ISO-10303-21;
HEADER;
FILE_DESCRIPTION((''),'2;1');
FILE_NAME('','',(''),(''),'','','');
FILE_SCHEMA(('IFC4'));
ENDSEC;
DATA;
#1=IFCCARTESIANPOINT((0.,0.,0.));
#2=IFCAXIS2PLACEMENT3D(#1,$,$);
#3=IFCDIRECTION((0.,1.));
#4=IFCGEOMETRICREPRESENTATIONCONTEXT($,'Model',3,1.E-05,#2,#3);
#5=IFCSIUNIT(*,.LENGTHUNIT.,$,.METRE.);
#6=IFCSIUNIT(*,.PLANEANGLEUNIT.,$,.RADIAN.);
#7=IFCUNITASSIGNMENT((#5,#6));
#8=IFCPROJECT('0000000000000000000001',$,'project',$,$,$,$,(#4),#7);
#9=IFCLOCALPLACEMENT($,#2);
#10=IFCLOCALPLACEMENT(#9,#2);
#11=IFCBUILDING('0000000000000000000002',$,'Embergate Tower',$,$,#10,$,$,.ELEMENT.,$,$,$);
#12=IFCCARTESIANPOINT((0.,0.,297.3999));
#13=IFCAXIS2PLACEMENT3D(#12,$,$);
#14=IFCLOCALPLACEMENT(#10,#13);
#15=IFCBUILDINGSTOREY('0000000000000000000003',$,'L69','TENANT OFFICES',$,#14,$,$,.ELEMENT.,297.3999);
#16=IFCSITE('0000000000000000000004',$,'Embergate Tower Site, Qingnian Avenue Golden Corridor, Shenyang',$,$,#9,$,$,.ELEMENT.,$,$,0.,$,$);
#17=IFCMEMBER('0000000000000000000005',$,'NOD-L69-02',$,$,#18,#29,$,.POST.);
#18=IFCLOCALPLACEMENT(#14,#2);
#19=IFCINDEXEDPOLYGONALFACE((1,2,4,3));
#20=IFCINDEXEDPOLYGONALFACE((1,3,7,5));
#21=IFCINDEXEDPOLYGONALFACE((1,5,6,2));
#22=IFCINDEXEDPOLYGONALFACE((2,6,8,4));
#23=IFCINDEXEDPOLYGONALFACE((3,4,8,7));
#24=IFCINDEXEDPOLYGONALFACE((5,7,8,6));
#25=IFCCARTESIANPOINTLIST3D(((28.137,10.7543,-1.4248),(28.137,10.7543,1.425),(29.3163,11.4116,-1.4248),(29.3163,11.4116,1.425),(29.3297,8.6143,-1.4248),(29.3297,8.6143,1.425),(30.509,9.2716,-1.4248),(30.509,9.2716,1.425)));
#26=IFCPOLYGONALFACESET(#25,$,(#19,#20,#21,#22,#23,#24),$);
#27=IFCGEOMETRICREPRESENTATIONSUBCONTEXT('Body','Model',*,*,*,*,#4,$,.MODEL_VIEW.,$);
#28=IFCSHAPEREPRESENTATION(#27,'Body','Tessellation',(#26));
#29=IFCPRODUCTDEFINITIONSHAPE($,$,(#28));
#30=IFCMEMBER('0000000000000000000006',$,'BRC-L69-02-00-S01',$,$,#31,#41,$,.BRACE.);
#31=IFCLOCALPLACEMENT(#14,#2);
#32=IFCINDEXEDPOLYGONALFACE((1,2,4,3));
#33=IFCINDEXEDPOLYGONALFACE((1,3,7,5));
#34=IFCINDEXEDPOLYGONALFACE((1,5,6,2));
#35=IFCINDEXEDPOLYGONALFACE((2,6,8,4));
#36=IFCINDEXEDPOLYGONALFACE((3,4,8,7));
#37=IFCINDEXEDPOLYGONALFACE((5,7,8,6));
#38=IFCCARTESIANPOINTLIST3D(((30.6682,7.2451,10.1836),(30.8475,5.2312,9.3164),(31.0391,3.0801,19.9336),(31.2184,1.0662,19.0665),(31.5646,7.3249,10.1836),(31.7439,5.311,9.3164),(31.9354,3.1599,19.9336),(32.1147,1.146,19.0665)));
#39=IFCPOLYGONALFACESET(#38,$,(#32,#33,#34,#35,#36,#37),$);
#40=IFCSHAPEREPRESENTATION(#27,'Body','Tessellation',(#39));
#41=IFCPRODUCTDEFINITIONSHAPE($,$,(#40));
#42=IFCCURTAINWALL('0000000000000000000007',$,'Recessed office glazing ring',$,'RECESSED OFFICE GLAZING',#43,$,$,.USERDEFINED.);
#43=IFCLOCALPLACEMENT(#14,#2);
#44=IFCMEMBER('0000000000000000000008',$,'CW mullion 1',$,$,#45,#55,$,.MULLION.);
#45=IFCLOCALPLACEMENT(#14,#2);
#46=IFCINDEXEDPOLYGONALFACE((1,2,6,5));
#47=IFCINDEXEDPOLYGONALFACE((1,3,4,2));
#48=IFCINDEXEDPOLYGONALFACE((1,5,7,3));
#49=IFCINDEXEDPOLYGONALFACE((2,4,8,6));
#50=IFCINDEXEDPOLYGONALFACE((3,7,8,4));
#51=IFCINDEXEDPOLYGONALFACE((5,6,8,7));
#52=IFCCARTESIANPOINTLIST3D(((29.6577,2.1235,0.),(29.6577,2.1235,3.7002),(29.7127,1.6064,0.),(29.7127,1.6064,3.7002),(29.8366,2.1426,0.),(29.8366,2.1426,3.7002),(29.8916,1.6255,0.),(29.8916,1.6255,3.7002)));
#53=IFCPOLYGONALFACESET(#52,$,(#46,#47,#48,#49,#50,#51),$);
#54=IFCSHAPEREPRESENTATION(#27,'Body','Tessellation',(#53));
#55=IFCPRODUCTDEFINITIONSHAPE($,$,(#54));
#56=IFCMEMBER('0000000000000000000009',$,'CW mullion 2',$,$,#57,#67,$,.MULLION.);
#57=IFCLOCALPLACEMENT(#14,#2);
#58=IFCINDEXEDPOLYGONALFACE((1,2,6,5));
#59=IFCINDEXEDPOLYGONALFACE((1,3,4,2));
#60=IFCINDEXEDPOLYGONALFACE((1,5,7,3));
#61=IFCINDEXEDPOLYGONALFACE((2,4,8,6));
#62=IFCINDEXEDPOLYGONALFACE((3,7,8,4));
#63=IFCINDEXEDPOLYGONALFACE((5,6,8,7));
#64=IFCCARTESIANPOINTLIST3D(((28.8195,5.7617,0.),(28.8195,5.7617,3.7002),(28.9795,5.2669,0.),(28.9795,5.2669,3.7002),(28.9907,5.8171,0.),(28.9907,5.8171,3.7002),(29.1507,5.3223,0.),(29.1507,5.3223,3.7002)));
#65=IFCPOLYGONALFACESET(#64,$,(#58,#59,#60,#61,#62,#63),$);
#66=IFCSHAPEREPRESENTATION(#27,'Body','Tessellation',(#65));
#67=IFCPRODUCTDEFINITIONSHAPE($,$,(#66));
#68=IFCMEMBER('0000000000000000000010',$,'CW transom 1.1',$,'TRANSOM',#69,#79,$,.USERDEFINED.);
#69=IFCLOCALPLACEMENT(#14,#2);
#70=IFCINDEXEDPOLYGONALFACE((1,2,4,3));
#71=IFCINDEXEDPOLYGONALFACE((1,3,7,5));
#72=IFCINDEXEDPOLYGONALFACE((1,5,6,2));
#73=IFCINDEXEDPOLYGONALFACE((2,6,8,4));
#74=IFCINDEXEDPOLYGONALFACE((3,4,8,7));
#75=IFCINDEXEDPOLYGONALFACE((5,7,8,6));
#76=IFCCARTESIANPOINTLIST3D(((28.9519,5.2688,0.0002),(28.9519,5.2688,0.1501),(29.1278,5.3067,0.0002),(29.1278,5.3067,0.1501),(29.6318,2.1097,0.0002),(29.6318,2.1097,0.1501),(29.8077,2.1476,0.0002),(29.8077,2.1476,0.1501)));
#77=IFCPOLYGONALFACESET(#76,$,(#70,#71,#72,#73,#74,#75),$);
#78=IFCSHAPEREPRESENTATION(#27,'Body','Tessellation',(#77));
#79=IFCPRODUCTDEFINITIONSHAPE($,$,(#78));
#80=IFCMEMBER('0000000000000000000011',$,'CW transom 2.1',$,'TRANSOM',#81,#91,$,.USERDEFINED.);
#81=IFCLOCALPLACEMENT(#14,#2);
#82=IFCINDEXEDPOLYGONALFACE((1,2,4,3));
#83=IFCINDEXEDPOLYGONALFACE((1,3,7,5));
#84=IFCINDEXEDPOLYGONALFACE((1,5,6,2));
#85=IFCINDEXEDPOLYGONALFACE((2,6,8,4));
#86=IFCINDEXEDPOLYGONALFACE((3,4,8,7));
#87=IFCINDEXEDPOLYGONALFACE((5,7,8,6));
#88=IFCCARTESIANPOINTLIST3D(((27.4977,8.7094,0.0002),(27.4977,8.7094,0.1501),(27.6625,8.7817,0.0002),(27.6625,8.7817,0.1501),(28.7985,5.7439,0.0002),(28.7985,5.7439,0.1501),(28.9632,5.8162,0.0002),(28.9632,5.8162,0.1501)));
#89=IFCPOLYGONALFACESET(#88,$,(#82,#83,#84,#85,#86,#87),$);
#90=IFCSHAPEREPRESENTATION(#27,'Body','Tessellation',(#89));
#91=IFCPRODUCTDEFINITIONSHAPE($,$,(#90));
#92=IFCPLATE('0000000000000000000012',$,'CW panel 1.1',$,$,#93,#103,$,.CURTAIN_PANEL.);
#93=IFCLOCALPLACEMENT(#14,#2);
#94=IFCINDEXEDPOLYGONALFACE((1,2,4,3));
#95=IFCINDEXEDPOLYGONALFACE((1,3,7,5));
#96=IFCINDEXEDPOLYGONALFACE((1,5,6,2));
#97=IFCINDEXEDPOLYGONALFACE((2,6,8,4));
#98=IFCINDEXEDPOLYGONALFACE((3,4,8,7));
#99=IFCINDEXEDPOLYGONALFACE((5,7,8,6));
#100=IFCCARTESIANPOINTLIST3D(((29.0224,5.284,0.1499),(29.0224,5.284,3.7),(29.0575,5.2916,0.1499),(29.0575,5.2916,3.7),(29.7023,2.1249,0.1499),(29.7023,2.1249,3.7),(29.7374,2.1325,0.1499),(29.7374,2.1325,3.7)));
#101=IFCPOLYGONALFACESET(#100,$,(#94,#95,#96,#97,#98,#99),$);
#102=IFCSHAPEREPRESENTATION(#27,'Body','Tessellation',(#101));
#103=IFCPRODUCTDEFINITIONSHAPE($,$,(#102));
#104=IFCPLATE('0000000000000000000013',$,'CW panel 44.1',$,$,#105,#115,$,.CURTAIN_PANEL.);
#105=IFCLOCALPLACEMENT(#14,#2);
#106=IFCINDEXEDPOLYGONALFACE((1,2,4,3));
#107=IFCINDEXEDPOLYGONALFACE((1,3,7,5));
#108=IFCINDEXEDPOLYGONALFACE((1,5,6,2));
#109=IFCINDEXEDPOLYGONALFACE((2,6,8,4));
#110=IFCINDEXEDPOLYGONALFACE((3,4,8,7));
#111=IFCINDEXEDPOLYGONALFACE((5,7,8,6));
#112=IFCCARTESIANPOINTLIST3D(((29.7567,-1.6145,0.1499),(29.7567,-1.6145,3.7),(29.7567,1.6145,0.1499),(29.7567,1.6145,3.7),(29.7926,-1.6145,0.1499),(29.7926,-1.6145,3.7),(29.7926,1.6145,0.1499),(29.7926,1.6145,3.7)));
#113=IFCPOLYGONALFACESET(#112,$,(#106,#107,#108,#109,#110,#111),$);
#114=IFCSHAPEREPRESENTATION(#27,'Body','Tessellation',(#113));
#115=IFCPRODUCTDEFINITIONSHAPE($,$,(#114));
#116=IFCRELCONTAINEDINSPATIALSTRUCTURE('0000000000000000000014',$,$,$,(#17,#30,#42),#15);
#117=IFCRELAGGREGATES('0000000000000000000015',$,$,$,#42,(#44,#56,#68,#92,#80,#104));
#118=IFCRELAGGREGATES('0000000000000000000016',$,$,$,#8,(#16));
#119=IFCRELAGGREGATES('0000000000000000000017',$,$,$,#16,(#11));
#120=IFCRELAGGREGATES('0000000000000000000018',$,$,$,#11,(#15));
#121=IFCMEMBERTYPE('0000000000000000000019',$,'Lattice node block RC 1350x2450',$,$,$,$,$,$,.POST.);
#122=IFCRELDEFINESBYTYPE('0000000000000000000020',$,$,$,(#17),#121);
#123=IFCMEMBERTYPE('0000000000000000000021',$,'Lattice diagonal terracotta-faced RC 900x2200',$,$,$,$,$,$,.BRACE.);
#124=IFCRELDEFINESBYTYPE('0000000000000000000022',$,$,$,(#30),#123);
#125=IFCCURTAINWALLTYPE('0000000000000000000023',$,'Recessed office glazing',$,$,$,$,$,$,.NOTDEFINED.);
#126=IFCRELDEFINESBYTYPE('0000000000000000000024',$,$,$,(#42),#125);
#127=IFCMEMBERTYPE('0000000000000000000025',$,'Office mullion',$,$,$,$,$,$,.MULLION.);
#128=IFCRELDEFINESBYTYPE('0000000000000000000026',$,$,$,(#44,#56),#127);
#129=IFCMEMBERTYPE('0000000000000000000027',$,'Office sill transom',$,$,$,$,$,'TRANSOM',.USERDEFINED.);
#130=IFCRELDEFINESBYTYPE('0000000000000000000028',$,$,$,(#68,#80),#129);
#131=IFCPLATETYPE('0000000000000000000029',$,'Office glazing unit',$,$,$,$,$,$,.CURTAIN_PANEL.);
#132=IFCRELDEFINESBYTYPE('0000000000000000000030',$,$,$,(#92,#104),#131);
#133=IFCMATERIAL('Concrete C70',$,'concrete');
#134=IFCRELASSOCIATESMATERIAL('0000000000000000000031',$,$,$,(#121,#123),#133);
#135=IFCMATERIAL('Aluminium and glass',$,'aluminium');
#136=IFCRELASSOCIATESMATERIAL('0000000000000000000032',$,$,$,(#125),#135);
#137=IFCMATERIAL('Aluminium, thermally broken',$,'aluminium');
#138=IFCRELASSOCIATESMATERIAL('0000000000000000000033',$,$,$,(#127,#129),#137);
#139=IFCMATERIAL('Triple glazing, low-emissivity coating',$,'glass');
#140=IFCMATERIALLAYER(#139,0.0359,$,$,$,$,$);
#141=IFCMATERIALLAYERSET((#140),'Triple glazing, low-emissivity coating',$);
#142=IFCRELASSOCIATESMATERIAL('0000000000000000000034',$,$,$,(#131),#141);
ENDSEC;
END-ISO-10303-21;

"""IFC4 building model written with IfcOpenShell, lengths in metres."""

from ifc_helpers import new_model, si_unit, direction, frame, origin, origin_2d, place, context, subcontext, project, spatial, rectangle, extrude, source, transform, mapped, material, layer, layer_set, material_profile, profile_set, type_object, element, aggregate, save


model = new_model("IFC4")

# Units and contexts
model_context = context("Model", 3, precision=1e-05, world=origin(), true_north=direction((0.0, 1.0)))
body_context = subcontext(model_context, "Body", "Model", "MODEL_VIEW")
ifc_project = project(units=[si_unit("LENGTHUNIT", "METRE"), si_unit("PLANEANGLEUNIT", "RADIAN")], contexts=[model_context])

# Site, building, storey
site_placement = place(None, origin())
site = spatial("IfcSite", under=ifc_project, at=site_placement, Name="Embergate Tower Site, Qingnian Avenue Golden Corridor, Shenyang", CompositionType="ELEMENT", RefElevation=0.0)
building_placement = place(site_placement, origin())
building = spatial("IfcBuilding", under=site, at=building_placement, Name="Embergate Tower", CompositionType="ELEMENT")
storey_placement = place(building_placement, frame((0.0, 0.0, 297.3999)))
storey = spatial("IfcBuildingStorey", under=building, at=storey_placement, Name="L69", Description="TENANT OFFICES", CompositionType="ELEMENT", Elevation=297.3999)

# Members
ifc_material_1 = material(Name="Concrete C70", Category="concrete")
ifc_material_profile_1 = material_profile(ifc_material_1, rectangle(XDim=1.3501, YDim=2.45, at=origin_2d()), Name="RC 1350x2450")
ifc_profile_set_1 = profile_set([ifc_material_profile_1], Name="Concrete C70")
member_type_1 = type_object("IfcMemberType", Name="Lattice node block RC 1350x2450", PredefinedType="POST", material=ifc_profile_set_1)
shared_shape_1 = source(origin(), body_context, "Body", "SweptSolid", [
    extrude(rectangle(XDim=1.3501, YDim=2.45, at=origin_2d()), origin(), (0.0, 0.0, 1.0), 2.8499),
])
member_1_placement = place(storey_placement, frame((29.323, 10.0129, -1.4248), z_axis=(0.0, 0.0, 1.0), x_axis=(0.8735, 0.486823, 0.0)))
element("IfcMember", 1, at=member_1_placement, inside=storey, type_object=member_type_1, Name="NOD-L69-02", PredefinedType="POST", context=body_context, shape_type="MappedRepresentation", body=[
    mapped(shared_shape_1, transform((0.0, 0.0, 0.0))),
])
ifc_material_profile_2 = material_profile(ifc_material_1, rectangle(XDim=0.8999, YDim=2.2, at=origin_2d()), Name="RC 900x2200")
ifc_profile_set_2 = profile_set([ifc_material_profile_2], Name="Concrete C70")
member_type_2 = type_object("IfcMemberType", Name="Lattice diagonal terracotta-faced RC 900x2200", PredefinedType="BRACE", material=ifc_profile_set_2)
shared_shape_2 = source(origin(), body_context, "Body", "SweptSolid", [
    extrude(rectangle(XDim=0.8999, YDim=2.2, at=origin_2d()), origin(), (0.0, 0.0, 1.0), 10.6089),
])
member_2_placement = place(storey_placement, frame((31.2061, 6.2781, 9.75), z_axis=(0.034957, -0.392601, 0.919044), x_axis=(0.996059, 0.088688, 0.0)))
element("IfcMember", 2, at=member_2_placement, inside=storey, type_object=member_type_2, Name="BRC-L69-02-00-S01", PredefinedType="BRACE", context=body_context, shape_type="MappedRepresentation", body=[
    mapped(shared_shape_2, transform((0.0, 0.0, 0.0))),
])

# Curtain wall, members, plates
ifc_material_2 = material(Name="Aluminium and glass", Category="aluminium")
curtain_wall_type = type_object("IfcCurtainWallType", Name="Recessed office glazing", PredefinedType="NOTDEFINED", material=ifc_material_2)
curtain_wall_placement = place(storey_placement, origin())
curtain_wall = element("IfcCurtainWall", 3, at=curtain_wall_placement, inside=storey, type_object=curtain_wall_type, Name="Recessed office glazing ring", ObjectType="RECESSED OFFICE GLAZING", PredefinedType="USERDEFINED")
ifc_material_3 = material(Name="Aluminium, thermally broken", Category="aluminium")
ifc_material_profile_3 = material_profile(ifc_material_3, rectangle(XDim=0.1799, YDim=0.52, at=origin_2d()), Name="AL 520x180")
ifc_profile_set_3 = profile_set([ifc_material_profile_3], Name="Aluminium, thermally broken")
member_type_3 = type_object("IfcMemberType", Name="Office mullion", PredefinedType="MULLION", material=ifc_profile_set_3)
shared_shape_3 = source(origin(), body_context, "Body", "SweptSolid", [
    extrude(rectangle(XDim=0.1799, YDim=0.52, at=origin_2d()), origin(), (0.0, 0.0, 1.0), 3.7002),
])
member_3_placement = place(storey_placement, frame((29.7747, 1.8745, 0.0), z_axis=(0.0, 0.0, 1.0), x_axis=(-0.994384, -0.10583, 0.0)))
member_3 = element("IfcMember", 4, at=member_3_placement, type_object=member_type_3, Name="CW mullion 1", PredefinedType="MULLION", context=body_context, shape_type="MappedRepresentation", body=[
    mapped(shared_shape_3, transform((0.0, 0.0, 0.0))),
])
member_4_placement = place(storey_placement, frame((28.9851, 5.542, 0.0), z_axis=(0.0, 0.0, 1.0), x_axis=(-0.951494, -0.307669, 0.0)))
member_4 = element("IfcMember", 5, at=member_4_placement, type_object=member_type_3, Name="CW mullion 2", PredefinedType="MULLION", context=body_context, shape_type="MappedRepresentation", body=[
    mapped(shared_shape_3, transform((0.0, 0.0, 0.0))),
])
ifc_material_profile_4 = material_profile(ifc_material_3, rectangle(XDim=0.1799, YDim=0.1499, at=origin_2d()), Name="AL 150x180")
ifc_profile_set_4 = profile_set([ifc_material_profile_4], Name="Aluminium, thermally broken")
member_type_4 = type_object("IfcMemberType", Name="Office sill transom", ElementType="TRANSOM", PredefinedType="USERDEFINED", material=ifc_profile_set_4)
shared_shape_4 = source(origin(), body_context, "Body", "SweptSolid", [
    extrude(rectangle(XDim=0.1799, YDim=0.1499, at=origin_2d()), origin(), (0.0, 0.0, 1.0), 3.2314),
])
member_5_placement = place(storey_placement, frame((29.7197, 2.1287, 0.0752), z_axis=(-0.210406, 0.977614, 0.0), x_axis=(-0.977614, -0.210406, 0.0)))
member_5 = element("IfcMember", 6, at=member_5_placement, type_object=member_type_4, Name="CW transom 1.1", ObjectType="TRANSOM", PredefinedType="USERDEFINED", context=body_context, shape_type="MappedRepresentation", body=[
    mapped(shared_shape_4, transform((0.0, 0.0, 0.0))),
])
shared_shape_5 = source(origin(), body_context, "Body", "SweptSolid", [
    extrude(rectangle(XDim=0.1799, YDim=0.1499, at=origin_2d()), origin(), (0.0, 0.0, 1.0), 3.2383),
])
member_6_placement = place(storey_placement, frame((28.8809, 5.78, 0.0752), z_axis=(-0.401685, 0.915778, 0.0), x_axis=(-0.915778, -0.401685, 0.0)))
member_6 = element("IfcMember", 7, at=member_6_placement, type_object=member_type_4, Name="CW transom 2.1", ObjectType="TRANSOM", PredefinedType="USERDEFINED", context=body_context, shape_type="MappedRepresentation", body=[
    mapped(shared_shape_5, transform((0.0, 0.0, 0.0))),
])
ifc_material_4 = material(Name="Triple glazing, low-emissivity coating", Category="glass")
ifc_layer = layer(ifc_material_4, 0.0359)
ifc_layer_set = layer_set([ifc_layer], Name="Triple glazing, low-emissivity coating")
plate_type = type_object("IfcPlateType", Name="Office glazing unit", PredefinedType="CURTAIN_PANEL", material=ifc_layer_set)
shared_shape_6 = source(origin(), body_context, "Body", "SweptSolid", [
    extrude(rectangle(XDim=3.2314, YDim=0.0359, at=origin_2d()), origin(), (0.0, 0.0, 1.0), 3.55),
])
plate_1_placement = place(storey_placement, frame((29.3799, 3.7083, 0.1499), z_axis=(0.0, 0.0, 1.0), x_axis=(-0.210398, 0.977616, 0.0)))
plate_1 = element("IfcPlate", 8, at=plate_1_placement, type_object=plate_type, Name="CW panel 1.1", PredefinedType="CURTAIN_PANEL", context=body_context, shape_type="MappedRepresentation", body=[
    mapped(shared_shape_6, transform((0.0, 0.0, 0.0))),
])
shared_shape_7 = source(origin(), body_context, "Body", "SweptSolid", [
    extrude(rectangle(XDim=3.229, YDim=0.0359, at=origin_2d()), origin(), (0.0, 0.0, 1.0), 3.55),
])
plate_2_placement = place(storey_placement, frame((29.7747, 0.0, 0.1499), z_axis=(0.0, 0.0, 1.0), x_axis=(0.0, 1.0, 0.0)))
plate_2 = element("IfcPlate", 9, at=plate_2_placement, type_object=plate_type, Name="CW panel 44.1", PredefinedType="CURTAIN_PANEL", context=body_context, shape_type="MappedRepresentation", body=[
    mapped(shared_shape_7, transform((0.0, 0.0, 0.0))),
])
aggregate(curtain_wall, [member_3, member_4, member_5, plate_1, member_6, plate_2])

save(model, "model.ifc")
